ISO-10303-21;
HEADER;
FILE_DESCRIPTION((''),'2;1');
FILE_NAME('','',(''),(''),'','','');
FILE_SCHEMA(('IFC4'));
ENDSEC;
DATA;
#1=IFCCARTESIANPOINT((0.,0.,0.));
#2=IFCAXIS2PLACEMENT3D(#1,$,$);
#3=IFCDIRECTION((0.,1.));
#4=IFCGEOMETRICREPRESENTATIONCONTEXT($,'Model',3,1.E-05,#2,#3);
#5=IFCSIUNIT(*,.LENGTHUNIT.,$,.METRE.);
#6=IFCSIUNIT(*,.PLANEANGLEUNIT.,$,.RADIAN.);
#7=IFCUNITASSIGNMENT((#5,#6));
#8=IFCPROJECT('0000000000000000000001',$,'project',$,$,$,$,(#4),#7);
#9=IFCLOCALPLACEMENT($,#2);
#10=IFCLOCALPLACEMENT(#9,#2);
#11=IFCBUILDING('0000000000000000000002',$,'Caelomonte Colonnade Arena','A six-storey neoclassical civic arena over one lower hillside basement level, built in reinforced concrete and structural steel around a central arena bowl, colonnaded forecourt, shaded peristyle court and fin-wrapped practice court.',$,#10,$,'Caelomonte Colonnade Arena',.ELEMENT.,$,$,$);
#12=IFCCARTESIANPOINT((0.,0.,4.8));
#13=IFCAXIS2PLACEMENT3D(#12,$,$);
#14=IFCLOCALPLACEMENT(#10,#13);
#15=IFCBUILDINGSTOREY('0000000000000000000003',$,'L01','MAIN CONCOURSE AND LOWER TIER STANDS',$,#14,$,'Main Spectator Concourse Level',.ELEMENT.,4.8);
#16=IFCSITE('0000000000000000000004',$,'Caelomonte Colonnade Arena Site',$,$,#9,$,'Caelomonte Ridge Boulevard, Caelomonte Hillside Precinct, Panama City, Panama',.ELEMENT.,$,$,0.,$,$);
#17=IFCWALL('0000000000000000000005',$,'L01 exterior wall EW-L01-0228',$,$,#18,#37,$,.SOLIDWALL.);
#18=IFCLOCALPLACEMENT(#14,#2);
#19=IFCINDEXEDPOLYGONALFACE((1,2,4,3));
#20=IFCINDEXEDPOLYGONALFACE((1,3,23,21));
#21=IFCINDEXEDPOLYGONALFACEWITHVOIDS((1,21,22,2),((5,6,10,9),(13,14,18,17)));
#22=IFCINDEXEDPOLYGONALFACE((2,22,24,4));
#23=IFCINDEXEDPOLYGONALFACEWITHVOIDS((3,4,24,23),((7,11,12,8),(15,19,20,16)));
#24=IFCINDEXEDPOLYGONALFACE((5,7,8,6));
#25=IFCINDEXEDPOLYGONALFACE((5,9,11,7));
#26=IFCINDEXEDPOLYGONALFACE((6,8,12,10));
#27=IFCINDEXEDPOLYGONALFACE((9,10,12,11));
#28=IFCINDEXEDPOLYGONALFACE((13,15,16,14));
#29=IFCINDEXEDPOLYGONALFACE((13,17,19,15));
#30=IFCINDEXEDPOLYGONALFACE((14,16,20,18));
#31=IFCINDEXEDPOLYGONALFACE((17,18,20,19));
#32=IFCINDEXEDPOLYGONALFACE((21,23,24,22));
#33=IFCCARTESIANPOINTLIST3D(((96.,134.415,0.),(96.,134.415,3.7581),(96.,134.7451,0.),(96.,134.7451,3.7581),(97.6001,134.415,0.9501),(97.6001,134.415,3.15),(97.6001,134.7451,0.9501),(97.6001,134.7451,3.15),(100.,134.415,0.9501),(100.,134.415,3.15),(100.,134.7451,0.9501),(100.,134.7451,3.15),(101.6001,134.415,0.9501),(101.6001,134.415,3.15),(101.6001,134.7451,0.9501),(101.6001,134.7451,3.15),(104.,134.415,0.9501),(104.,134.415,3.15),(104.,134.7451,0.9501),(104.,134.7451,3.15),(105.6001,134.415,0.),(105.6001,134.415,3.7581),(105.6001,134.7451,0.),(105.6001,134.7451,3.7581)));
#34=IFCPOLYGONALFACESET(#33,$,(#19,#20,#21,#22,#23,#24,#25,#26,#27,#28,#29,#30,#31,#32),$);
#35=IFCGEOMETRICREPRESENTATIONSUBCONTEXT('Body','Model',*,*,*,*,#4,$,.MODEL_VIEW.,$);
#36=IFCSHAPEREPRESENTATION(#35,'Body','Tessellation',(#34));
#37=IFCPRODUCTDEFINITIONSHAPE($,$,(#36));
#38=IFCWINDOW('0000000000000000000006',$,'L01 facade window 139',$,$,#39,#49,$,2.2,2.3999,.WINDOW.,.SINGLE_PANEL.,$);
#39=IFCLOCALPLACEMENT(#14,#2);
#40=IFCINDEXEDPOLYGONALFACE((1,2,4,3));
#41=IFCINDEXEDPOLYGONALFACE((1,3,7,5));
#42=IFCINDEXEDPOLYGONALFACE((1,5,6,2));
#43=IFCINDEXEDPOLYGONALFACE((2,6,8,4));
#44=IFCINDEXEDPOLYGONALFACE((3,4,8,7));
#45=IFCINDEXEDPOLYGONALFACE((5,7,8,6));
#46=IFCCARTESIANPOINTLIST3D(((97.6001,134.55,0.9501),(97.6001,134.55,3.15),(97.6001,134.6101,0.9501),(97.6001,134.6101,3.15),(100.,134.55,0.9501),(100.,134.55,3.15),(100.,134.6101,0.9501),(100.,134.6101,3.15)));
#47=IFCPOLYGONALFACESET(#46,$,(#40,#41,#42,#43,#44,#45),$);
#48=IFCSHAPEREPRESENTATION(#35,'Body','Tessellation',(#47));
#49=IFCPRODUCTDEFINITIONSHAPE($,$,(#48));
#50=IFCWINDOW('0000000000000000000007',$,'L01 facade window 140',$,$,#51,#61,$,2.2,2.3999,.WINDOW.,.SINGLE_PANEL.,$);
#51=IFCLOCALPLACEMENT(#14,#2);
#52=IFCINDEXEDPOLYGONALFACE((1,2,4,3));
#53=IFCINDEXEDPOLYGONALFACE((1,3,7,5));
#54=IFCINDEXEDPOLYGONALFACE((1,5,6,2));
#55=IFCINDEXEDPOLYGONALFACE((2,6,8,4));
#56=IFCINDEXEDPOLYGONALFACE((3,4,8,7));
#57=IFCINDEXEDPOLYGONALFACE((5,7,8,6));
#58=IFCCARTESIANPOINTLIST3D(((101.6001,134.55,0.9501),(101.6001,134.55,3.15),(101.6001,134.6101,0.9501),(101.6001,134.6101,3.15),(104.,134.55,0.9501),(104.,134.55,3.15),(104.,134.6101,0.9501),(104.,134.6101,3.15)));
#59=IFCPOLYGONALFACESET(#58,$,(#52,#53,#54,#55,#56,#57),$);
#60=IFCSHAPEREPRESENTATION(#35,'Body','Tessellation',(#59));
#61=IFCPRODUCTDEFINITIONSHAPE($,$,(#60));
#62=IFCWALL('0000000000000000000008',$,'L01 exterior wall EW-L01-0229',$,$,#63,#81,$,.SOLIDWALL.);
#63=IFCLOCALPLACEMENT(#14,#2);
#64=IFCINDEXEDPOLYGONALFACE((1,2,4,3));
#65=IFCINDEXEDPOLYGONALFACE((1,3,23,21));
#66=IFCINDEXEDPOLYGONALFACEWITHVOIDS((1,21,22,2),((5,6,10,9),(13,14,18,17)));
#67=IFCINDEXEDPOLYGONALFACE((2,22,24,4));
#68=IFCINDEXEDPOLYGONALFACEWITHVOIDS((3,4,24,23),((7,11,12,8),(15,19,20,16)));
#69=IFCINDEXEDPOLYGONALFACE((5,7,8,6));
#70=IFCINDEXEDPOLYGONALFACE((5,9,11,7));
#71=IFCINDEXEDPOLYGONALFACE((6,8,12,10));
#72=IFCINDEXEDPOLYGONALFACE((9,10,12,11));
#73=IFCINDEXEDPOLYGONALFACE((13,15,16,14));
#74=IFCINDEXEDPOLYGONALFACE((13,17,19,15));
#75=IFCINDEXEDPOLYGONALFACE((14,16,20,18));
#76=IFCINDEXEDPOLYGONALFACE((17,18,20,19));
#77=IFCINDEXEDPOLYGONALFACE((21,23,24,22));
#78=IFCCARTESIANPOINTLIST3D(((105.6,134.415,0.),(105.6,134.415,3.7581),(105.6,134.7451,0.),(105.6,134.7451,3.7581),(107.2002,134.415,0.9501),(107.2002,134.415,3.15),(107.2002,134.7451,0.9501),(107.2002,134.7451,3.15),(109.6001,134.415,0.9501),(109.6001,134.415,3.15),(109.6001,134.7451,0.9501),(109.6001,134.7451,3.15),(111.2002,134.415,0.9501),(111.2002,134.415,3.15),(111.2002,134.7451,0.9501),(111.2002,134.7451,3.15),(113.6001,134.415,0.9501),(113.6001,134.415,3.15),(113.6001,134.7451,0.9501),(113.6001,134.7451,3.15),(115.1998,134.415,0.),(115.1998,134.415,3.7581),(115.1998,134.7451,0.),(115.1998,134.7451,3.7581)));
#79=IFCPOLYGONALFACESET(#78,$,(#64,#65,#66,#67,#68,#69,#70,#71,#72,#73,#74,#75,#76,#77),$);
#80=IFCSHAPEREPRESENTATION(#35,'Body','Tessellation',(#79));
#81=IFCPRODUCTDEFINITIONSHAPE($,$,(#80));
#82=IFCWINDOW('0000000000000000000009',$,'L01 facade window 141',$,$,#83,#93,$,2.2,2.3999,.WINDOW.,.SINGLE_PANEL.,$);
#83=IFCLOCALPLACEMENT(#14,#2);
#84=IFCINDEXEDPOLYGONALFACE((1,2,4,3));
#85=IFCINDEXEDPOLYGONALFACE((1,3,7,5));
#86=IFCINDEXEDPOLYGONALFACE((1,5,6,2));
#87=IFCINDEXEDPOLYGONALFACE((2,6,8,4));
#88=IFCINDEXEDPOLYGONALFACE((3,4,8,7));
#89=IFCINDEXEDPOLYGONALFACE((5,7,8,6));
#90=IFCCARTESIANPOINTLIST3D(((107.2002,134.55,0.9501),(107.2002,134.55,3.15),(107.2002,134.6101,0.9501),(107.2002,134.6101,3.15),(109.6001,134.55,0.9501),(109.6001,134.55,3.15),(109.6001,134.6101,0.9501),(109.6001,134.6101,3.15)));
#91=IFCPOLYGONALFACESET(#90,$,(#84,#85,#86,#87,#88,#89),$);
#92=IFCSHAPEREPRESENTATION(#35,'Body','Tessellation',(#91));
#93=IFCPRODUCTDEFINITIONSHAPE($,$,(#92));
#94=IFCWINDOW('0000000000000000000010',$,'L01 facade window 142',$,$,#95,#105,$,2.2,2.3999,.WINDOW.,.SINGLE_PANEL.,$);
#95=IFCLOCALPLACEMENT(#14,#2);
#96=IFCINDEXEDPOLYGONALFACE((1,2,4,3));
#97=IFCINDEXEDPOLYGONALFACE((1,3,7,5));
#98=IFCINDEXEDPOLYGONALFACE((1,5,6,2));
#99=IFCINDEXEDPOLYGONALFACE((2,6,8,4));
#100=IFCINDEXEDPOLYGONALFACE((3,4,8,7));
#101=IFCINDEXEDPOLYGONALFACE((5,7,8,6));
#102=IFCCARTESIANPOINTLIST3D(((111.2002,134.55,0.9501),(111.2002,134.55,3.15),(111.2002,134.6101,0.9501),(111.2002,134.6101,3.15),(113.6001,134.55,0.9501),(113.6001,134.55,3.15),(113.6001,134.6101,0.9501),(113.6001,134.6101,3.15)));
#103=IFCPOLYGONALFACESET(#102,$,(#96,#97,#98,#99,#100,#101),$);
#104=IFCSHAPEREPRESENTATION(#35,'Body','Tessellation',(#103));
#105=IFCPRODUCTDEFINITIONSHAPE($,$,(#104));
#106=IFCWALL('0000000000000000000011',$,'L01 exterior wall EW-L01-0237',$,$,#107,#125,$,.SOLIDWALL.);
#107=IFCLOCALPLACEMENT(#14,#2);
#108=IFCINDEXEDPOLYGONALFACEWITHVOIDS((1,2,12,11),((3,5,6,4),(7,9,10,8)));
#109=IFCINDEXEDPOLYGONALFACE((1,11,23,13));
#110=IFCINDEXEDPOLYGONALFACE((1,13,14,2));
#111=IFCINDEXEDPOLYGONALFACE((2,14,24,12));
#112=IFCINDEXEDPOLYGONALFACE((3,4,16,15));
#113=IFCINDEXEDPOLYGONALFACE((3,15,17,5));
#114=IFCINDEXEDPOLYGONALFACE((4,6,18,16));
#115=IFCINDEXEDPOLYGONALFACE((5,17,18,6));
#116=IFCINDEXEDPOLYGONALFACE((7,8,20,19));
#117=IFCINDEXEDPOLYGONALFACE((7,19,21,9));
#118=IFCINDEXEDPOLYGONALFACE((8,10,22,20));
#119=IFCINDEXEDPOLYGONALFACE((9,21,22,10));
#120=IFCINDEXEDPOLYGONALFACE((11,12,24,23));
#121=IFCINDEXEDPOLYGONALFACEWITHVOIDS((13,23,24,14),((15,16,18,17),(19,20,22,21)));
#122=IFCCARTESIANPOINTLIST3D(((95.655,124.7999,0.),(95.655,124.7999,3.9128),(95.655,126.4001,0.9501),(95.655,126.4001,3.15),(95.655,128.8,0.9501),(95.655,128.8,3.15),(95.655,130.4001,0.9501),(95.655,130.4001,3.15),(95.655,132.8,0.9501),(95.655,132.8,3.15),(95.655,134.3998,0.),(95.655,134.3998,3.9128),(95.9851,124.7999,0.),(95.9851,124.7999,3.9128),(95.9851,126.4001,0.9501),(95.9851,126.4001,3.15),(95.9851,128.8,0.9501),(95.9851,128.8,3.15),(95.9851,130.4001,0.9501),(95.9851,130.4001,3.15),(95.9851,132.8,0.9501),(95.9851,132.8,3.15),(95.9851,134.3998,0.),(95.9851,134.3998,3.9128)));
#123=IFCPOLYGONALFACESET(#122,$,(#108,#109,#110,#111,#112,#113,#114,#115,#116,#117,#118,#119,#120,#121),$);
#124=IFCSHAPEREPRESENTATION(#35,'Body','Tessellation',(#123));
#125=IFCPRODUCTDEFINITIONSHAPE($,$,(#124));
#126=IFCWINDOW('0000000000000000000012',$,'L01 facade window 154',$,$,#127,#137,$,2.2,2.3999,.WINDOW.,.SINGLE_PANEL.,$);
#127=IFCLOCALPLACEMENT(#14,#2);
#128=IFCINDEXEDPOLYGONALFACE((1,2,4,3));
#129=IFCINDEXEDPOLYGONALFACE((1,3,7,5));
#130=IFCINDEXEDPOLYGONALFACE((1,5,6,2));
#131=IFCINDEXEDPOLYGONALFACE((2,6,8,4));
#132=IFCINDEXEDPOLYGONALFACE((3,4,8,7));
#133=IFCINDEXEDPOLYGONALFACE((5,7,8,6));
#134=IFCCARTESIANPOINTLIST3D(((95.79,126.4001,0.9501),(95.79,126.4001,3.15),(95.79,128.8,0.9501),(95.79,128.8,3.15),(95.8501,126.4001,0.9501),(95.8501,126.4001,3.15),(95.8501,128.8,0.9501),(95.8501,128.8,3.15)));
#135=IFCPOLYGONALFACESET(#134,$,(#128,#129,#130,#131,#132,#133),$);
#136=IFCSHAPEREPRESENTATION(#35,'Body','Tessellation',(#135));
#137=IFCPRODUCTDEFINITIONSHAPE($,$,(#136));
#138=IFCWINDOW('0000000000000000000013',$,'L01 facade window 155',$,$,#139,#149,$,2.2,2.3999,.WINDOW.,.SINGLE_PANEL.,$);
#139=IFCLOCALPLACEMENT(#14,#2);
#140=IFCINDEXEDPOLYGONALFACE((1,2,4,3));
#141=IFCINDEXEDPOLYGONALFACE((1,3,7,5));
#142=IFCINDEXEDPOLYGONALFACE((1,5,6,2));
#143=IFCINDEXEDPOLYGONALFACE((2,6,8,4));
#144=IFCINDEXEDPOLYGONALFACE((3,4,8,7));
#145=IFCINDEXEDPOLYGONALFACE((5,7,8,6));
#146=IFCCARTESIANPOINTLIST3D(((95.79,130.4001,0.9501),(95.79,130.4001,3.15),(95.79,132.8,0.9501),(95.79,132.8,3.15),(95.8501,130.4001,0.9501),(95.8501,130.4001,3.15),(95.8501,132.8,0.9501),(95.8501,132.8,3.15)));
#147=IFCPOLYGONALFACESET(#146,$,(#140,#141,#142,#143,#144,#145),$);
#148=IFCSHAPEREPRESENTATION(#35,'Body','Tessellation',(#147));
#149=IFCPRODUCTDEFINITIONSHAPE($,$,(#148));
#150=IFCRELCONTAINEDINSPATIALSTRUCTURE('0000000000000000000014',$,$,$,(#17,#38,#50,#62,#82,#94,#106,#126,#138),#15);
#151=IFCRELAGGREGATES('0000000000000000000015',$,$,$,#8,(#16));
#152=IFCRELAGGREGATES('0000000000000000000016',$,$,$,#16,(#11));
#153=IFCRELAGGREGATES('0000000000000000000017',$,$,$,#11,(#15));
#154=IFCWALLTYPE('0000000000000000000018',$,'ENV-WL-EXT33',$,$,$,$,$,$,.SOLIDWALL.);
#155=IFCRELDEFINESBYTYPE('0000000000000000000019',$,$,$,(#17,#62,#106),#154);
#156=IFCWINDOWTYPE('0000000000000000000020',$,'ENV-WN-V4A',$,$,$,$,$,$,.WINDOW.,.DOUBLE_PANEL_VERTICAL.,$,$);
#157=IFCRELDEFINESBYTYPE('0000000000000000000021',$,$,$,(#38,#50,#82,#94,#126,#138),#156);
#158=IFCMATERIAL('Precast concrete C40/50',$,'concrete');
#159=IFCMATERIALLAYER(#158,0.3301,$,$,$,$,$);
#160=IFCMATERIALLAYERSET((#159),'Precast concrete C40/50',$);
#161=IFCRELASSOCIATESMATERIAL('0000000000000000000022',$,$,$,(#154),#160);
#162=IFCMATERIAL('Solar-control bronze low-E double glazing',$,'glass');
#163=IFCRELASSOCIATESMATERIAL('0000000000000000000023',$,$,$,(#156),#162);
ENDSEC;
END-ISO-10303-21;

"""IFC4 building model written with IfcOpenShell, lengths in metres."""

from ifc_helpers import new_model, si_unit, direction, frame, frame_2d, origin, place, context, subcontext, project, spatial, rectangle, extrude, material, layer, layer_set, type_object, element, fill, save


model = new_model("IFC4")

# Units and contexts
model_context = context("Model", 3, precision=1e-05, world=origin(), true_north=direction((0.0, 1.0)))
body_context = subcontext(model_context, "Body", "Model", "MODEL_VIEW")
ifc_project = project(units=[si_unit("LENGTHUNIT", "METRE"), si_unit("PLANEANGLEUNIT", "RADIAN")], contexts=[model_context])

# Site, building, storey
site_placement = place(None, origin())
site = spatial("IfcSite", under=ifc_project, at=site_placement, Name="Caelomonte Colonnade Arena Site", LongName="Caelomonte Ridge Boulevard, Caelomonte Hillside Precinct, Panama City, Panama", CompositionType="ELEMENT", RefElevation=0.0)
building_placement = place(site_placement, origin())
building = spatial("IfcBuilding", under=site, at=building_placement, Name="Caelomonte Colonnade Arena", Description="A six-storey neoclassical civic arena over one lower hillside basement level, built in reinforced concrete and structural steel around a central arena bowl, colonnaded forecourt, shaded peristyle court and fin-wrapped practice court.", LongName="Caelomonte Colonnade Arena", CompositionType="ELEMENT")
storey_placement = place(building_placement, frame((0.0, 0.0, 4.8)))
storey = spatial("IfcBuildingStorey", under=building, at=storey_placement, Name="L01", Description="MAIN CONCOURSE AND LOWER TIER STANDS", LongName="Main Spectator Concourse Level", CompositionType="ELEMENT", Elevation=4.8)

# Walls, openings, windows
ifc_material_1 = material(Name="Precast concrete C40/50", Category="concrete")
ifc_layer_1 = layer(ifc_material_1, 0.3301)
ifc_layer_set_1 = layer_set([ifc_layer_1], Name="Precast concrete C40/50")
wall_type_1 = type_object("IfcWallType", Name="ENV-WL-EXT33", PredefinedType="SOLIDWALL", material=ifc_layer_set_1)
wall_1_placement = place(storey_placement, frame((96.0, 134.5801, 0.0), z_axis=(0.0, 0.0, 1.0), x_axis=(1.0, 0.0, 0.0)))
wall_1 = element("IfcWall", 1, at=wall_1_placement, inside=storey, type_object=wall_type_1, Name="L01 exterior wall EW-L01-0228", PredefinedType="SOLIDWALL", context=body_context, shape_type="SweptSolid", body=[
    extrude(rectangle(XDim=9.6001, YDim=0.3301, at=frame_2d((4.8, 0.0))), origin(), (0.0, 0.0, 1.0), 3.7581),
])
opening_1_placement = place(wall_1_placement, frame((4.0, 0.0, 0.95), z_axis=(0.0, 0.0, 1.0), x_axis=(-1.0, 0.0, 0.0)))
opening_1 = element("IfcOpeningElement", 2, at=opening_1_placement, cuts=wall_1, PredefinedType="OPENING", context=body_context, shape_type="SweptSolid", body=[
    extrude(rectangle(XDim=2.3999, YDim=2.2, at=frame_2d((1.2, 1.1001))), frame((0.0, 0.175, 0.0), z_axis=(0.0, -1.0, 0.0), x_axis=(1.0, 0.0, 0.0)), (0.0, 0.0, 1.0), 0.3501),
])
opening_2_placement = place(wall_1_placement, frame((8.0, 0.0, 0.95), z_axis=(0.0, 0.0, 1.0), x_axis=(-1.0, 0.0, 0.0)))
opening_2 = element("IfcOpeningElement", 3, at=opening_2_placement, cuts=wall_1, PredefinedType="OPENING", context=body_context, shape_type="SweptSolid", body=[
    extrude(rectangle(XDim=2.3999, YDim=2.2, at=frame_2d((1.2, 1.1001))), frame((0.0, 0.175, 0.0), z_axis=(0.0, -1.0, 0.0), x_axis=(1.0, 0.0, 0.0)), (0.0, 0.0, 1.0), 0.3501),
])
ifc_material_2 = material(Name="Solar-control bronze low-E double glazing", Category="glass")
window_type = type_object("IfcWindowType", Name="ENV-WN-V4A", PartitioningType="DOUBLE_PANEL_VERTICAL", PredefinedType="WINDOW", material=ifc_material_2)
window_1_placement = place(opening_1_placement, origin())
window_1 = element("IfcWindow", 4, at=window_1_placement, inside=storey, type_object=window_type, Name="L01 facade window 139", OverallHeight=2.2, OverallWidth=2.3999, PartitioningType="SINGLE_PANEL", PredefinedType="WINDOW", context=body_context, shape_type="SweptSolid", body=[
    extrude(rectangle(XDim=2.3999, YDim=2.2, at=frame_2d((1.2, 1.1001))), frame((0.0, 0.03, 0.0), z_axis=(0.0, -1.0, 0.0), x_axis=(1.0, 0.0, 0.0)), (0.0, 0.0, 1.0), 0.0601),
])
fill(opening_1, window_1)
window_2_placement = place(opening_2_placement, origin())
window_2 = element("IfcWindow", 5, at=window_2_placement, inside=storey, type_object=window_type, Name="L01 facade window 140", OverallHeight=2.2, OverallWidth=2.3999, PartitioningType="SINGLE_PANEL", PredefinedType="WINDOW", context=body_context, shape_type="SweptSolid", body=[
    extrude(rectangle(XDim=2.3999, YDim=2.2, at=frame_2d((1.2, 1.1001))), frame((0.0, 0.03, 0.0), z_axis=(0.0, -1.0, 0.0), x_axis=(1.0, 0.0, 0.0)), (0.0, 0.0, 1.0), 0.0601),
])
fill(opening_2, window_2)
wall_2_placement = place(storey_placement, frame((105.6001, 134.5801, 0.0), z_axis=(0.0, 0.0, 1.0), x_axis=(1.0, 0.0, 0.0)))
wall_2 = element("IfcWall", 6, at=wall_2_placement, inside=storey, type_object=wall_type_1, Name="L01 exterior wall EW-L01-0229", PredefinedType="SOLIDWALL", context=body_context, shape_type="SweptSolid", body=[
    extrude(rectangle(XDim=9.5999, YDim=0.3301, at=frame_2d((4.7998, 0.0))), origin(), (0.0, 0.0, 1.0), 3.7581),
])
opening_3_placement = place(wall_2_placement, frame((4.0, 0.0, 0.95), z_axis=(0.0, 0.0, 1.0), x_axis=(-1.0, 0.0, 0.0)))
opening_3 = element("IfcOpeningElement", 7, at=opening_3_placement, cuts=wall_2, PredefinedType="OPENING", context=body_context, shape_type="SweptSolid", body=[
    extrude(rectangle(XDim=2.3999, YDim=2.2, at=frame_2d((1.2, 1.1001))), frame((0.0, 0.175, 0.0), z_axis=(0.0, -1.0, 0.0), x_axis=(1.0, 0.0, 0.0)), (0.0, 0.0, 1.0), 0.3501),
])
opening_4_placement = place(wall_2_placement, frame((8.0, 0.0, 0.95), z_axis=(0.0, 0.0, 1.0), x_axis=(-1.0, 0.0, 0.0)))
opening_4 = element("IfcOpeningElement", 8, at=opening_4_placement, cuts=wall_2, PredefinedType="OPENING", context=body_context, shape_type="SweptSolid", body=[
    extrude(rectangle(XDim=2.3999, YDim=2.2, at=frame_2d((1.2, 1.1001))), frame((0.0, 0.175, 0.0), z_axis=(0.0, -1.0, 0.0), x_axis=(1.0, 0.0, 0.0)), (0.0, 0.0, 1.0), 0.3501),
])
window_3_placement = place(opening_3_placement, origin())
window_3 = element("IfcWindow", 9, at=window_3_placement, inside=storey, type_object=window_type, Name="L01 facade window 141", OverallHeight=2.2, OverallWidth=2.3999, PartitioningType="SINGLE_PANEL", PredefinedType="WINDOW", context=body_context, shape_type="SweptSolid", body=[
    extrude(rectangle(XDim=2.3999, YDim=2.2, at=frame_2d((1.2, 1.1001))), frame((0.0, 0.03, 0.0), z_axis=(0.0, -1.0, 0.0), x_axis=(1.0, 0.0, 0.0)), (0.0, 0.0, 1.0), 0.0601),
])
fill(opening_3, window_3)
window_4_placement = place(opening_4_placement, origin())
window_4 = element("IfcWindow", 10, at=window_4_placement, inside=storey, type_object=window_type, Name="L01 facade window 142", OverallHeight=2.2, OverallWidth=2.3999, PartitioningType="SINGLE_PANEL", PredefinedType="WINDOW", context=body_context, shape_type="SweptSolid", body=[
    extrude(rectangle(XDim=2.3999, YDim=2.2, at=frame_2d((1.2, 1.1001))), frame((0.0, 0.03, 0.0), z_axis=(0.0, -1.0, 0.0), x_axis=(1.0, 0.0, 0.0)), (0.0, 0.0, 1.0), 0.0601),
])
fill(opening_4, window_4)
wall_3_placement = place(storey_placement, frame((95.8201, 124.8, 0.0), z_axis=(0.0, 0.0, 1.0), x_axis=(0.0, 1.0, 0.0)))
wall_3 = element("IfcWall", 11, at=wall_3_placement, inside=storey, type_object=wall_type_1, Name="L01 exterior wall EW-L01-0237", PredefinedType="SOLIDWALL", context=body_context, shape_type="SweptSolid", body=[
    extrude(rectangle(XDim=9.5999, YDim=0.3301, at=frame_2d((4.7998, 0.0))), origin(), (0.0, 0.0, 1.0), 3.9128),
])
opening_5_placement = place(wall_3_placement, frame((4.0, 0.0, 0.95), z_axis=(0.0, 0.0, 1.0), x_axis=(-1.0, 0.0, 0.0)))
opening_5 = element("IfcOpeningElement", 12, at=opening_5_placement, cuts=wall_3, PredefinedType="OPENING", context=body_context, shape_type="SweptSolid", body=[
    extrude(rectangle(XDim=2.3999, YDim=2.2, at=frame_2d((1.2, 1.1001))), frame((0.0, 0.175, 0.0), z_axis=(0.0, -1.0, 0.0), x_axis=(1.0, 0.0, 0.0)), (0.0, 0.0, 1.0), 0.3501),
])
opening_6_placement = place(wall_3_placement, frame((8.0, 0.0, 0.95), z_axis=(0.0, 0.0, 1.0), x_axis=(-1.0, 0.0, 0.0)))
opening_6 = element("IfcOpeningElement", 13, at=opening_6_placement, cuts=wall_3, PredefinedType="OPENING", context=body_context, shape_type="SweptSolid", body=[
    extrude(rectangle(XDim=2.3999, YDim=2.2, at=frame_2d((1.2, 1.1001))), frame((0.0, 0.175, 0.0), z_axis=(0.0, -1.0, 0.0), x_axis=(1.0, 0.0, 0.0)), (0.0, 0.0, 1.0), 0.3501),
])
window_5_placement = place(opening_5_placement, origin())
window_5 = element("IfcWindow", 14, at=window_5_placement, inside=storey, type_object=window_type, Name="L01 facade window 154", OverallHeight=2.2, OverallWidth=2.3999, PartitioningType="SINGLE_PANEL", PredefinedType="WINDOW", context=body_context, shape_type="SweptSolid", body=[
    extrude(rectangle(XDim=2.3999, YDim=2.2, at=frame_2d((1.2, 1.1001))), frame((0.0, 0.03, 0.0), z_axis=(0.0, -1.0, 0.0), x_axis=(1.0, 0.0, 0.0)), (0.0, 0.0, 1.0), 0.0601),
])
fill(opening_5, window_5)
window_6_placement = place(opening_6_placement, origin())
window_6 = element("IfcWindow", 15, at=window_6_placement, inside=storey, type_object=window_type, Name="L01 facade window 155", OverallHeight=2.2, OverallWidth=2.3999, PartitioningType="SINGLE_PANEL", PredefinedType="WINDOW", context=body_context, shape_type="SweptSolid", body=[
    extrude(rectangle(XDim=2.3999, YDim=2.2, at=frame_2d((1.2, 1.1001))), frame((0.0, 0.03, 0.0), z_axis=(0.0, -1.0, 0.0), x_axis=(1.0, 0.0, 0.0)), (0.0, 0.0, 1.0), 0.0601),
])
fill(opening_6, window_6)

save(model, "model.ifc")
